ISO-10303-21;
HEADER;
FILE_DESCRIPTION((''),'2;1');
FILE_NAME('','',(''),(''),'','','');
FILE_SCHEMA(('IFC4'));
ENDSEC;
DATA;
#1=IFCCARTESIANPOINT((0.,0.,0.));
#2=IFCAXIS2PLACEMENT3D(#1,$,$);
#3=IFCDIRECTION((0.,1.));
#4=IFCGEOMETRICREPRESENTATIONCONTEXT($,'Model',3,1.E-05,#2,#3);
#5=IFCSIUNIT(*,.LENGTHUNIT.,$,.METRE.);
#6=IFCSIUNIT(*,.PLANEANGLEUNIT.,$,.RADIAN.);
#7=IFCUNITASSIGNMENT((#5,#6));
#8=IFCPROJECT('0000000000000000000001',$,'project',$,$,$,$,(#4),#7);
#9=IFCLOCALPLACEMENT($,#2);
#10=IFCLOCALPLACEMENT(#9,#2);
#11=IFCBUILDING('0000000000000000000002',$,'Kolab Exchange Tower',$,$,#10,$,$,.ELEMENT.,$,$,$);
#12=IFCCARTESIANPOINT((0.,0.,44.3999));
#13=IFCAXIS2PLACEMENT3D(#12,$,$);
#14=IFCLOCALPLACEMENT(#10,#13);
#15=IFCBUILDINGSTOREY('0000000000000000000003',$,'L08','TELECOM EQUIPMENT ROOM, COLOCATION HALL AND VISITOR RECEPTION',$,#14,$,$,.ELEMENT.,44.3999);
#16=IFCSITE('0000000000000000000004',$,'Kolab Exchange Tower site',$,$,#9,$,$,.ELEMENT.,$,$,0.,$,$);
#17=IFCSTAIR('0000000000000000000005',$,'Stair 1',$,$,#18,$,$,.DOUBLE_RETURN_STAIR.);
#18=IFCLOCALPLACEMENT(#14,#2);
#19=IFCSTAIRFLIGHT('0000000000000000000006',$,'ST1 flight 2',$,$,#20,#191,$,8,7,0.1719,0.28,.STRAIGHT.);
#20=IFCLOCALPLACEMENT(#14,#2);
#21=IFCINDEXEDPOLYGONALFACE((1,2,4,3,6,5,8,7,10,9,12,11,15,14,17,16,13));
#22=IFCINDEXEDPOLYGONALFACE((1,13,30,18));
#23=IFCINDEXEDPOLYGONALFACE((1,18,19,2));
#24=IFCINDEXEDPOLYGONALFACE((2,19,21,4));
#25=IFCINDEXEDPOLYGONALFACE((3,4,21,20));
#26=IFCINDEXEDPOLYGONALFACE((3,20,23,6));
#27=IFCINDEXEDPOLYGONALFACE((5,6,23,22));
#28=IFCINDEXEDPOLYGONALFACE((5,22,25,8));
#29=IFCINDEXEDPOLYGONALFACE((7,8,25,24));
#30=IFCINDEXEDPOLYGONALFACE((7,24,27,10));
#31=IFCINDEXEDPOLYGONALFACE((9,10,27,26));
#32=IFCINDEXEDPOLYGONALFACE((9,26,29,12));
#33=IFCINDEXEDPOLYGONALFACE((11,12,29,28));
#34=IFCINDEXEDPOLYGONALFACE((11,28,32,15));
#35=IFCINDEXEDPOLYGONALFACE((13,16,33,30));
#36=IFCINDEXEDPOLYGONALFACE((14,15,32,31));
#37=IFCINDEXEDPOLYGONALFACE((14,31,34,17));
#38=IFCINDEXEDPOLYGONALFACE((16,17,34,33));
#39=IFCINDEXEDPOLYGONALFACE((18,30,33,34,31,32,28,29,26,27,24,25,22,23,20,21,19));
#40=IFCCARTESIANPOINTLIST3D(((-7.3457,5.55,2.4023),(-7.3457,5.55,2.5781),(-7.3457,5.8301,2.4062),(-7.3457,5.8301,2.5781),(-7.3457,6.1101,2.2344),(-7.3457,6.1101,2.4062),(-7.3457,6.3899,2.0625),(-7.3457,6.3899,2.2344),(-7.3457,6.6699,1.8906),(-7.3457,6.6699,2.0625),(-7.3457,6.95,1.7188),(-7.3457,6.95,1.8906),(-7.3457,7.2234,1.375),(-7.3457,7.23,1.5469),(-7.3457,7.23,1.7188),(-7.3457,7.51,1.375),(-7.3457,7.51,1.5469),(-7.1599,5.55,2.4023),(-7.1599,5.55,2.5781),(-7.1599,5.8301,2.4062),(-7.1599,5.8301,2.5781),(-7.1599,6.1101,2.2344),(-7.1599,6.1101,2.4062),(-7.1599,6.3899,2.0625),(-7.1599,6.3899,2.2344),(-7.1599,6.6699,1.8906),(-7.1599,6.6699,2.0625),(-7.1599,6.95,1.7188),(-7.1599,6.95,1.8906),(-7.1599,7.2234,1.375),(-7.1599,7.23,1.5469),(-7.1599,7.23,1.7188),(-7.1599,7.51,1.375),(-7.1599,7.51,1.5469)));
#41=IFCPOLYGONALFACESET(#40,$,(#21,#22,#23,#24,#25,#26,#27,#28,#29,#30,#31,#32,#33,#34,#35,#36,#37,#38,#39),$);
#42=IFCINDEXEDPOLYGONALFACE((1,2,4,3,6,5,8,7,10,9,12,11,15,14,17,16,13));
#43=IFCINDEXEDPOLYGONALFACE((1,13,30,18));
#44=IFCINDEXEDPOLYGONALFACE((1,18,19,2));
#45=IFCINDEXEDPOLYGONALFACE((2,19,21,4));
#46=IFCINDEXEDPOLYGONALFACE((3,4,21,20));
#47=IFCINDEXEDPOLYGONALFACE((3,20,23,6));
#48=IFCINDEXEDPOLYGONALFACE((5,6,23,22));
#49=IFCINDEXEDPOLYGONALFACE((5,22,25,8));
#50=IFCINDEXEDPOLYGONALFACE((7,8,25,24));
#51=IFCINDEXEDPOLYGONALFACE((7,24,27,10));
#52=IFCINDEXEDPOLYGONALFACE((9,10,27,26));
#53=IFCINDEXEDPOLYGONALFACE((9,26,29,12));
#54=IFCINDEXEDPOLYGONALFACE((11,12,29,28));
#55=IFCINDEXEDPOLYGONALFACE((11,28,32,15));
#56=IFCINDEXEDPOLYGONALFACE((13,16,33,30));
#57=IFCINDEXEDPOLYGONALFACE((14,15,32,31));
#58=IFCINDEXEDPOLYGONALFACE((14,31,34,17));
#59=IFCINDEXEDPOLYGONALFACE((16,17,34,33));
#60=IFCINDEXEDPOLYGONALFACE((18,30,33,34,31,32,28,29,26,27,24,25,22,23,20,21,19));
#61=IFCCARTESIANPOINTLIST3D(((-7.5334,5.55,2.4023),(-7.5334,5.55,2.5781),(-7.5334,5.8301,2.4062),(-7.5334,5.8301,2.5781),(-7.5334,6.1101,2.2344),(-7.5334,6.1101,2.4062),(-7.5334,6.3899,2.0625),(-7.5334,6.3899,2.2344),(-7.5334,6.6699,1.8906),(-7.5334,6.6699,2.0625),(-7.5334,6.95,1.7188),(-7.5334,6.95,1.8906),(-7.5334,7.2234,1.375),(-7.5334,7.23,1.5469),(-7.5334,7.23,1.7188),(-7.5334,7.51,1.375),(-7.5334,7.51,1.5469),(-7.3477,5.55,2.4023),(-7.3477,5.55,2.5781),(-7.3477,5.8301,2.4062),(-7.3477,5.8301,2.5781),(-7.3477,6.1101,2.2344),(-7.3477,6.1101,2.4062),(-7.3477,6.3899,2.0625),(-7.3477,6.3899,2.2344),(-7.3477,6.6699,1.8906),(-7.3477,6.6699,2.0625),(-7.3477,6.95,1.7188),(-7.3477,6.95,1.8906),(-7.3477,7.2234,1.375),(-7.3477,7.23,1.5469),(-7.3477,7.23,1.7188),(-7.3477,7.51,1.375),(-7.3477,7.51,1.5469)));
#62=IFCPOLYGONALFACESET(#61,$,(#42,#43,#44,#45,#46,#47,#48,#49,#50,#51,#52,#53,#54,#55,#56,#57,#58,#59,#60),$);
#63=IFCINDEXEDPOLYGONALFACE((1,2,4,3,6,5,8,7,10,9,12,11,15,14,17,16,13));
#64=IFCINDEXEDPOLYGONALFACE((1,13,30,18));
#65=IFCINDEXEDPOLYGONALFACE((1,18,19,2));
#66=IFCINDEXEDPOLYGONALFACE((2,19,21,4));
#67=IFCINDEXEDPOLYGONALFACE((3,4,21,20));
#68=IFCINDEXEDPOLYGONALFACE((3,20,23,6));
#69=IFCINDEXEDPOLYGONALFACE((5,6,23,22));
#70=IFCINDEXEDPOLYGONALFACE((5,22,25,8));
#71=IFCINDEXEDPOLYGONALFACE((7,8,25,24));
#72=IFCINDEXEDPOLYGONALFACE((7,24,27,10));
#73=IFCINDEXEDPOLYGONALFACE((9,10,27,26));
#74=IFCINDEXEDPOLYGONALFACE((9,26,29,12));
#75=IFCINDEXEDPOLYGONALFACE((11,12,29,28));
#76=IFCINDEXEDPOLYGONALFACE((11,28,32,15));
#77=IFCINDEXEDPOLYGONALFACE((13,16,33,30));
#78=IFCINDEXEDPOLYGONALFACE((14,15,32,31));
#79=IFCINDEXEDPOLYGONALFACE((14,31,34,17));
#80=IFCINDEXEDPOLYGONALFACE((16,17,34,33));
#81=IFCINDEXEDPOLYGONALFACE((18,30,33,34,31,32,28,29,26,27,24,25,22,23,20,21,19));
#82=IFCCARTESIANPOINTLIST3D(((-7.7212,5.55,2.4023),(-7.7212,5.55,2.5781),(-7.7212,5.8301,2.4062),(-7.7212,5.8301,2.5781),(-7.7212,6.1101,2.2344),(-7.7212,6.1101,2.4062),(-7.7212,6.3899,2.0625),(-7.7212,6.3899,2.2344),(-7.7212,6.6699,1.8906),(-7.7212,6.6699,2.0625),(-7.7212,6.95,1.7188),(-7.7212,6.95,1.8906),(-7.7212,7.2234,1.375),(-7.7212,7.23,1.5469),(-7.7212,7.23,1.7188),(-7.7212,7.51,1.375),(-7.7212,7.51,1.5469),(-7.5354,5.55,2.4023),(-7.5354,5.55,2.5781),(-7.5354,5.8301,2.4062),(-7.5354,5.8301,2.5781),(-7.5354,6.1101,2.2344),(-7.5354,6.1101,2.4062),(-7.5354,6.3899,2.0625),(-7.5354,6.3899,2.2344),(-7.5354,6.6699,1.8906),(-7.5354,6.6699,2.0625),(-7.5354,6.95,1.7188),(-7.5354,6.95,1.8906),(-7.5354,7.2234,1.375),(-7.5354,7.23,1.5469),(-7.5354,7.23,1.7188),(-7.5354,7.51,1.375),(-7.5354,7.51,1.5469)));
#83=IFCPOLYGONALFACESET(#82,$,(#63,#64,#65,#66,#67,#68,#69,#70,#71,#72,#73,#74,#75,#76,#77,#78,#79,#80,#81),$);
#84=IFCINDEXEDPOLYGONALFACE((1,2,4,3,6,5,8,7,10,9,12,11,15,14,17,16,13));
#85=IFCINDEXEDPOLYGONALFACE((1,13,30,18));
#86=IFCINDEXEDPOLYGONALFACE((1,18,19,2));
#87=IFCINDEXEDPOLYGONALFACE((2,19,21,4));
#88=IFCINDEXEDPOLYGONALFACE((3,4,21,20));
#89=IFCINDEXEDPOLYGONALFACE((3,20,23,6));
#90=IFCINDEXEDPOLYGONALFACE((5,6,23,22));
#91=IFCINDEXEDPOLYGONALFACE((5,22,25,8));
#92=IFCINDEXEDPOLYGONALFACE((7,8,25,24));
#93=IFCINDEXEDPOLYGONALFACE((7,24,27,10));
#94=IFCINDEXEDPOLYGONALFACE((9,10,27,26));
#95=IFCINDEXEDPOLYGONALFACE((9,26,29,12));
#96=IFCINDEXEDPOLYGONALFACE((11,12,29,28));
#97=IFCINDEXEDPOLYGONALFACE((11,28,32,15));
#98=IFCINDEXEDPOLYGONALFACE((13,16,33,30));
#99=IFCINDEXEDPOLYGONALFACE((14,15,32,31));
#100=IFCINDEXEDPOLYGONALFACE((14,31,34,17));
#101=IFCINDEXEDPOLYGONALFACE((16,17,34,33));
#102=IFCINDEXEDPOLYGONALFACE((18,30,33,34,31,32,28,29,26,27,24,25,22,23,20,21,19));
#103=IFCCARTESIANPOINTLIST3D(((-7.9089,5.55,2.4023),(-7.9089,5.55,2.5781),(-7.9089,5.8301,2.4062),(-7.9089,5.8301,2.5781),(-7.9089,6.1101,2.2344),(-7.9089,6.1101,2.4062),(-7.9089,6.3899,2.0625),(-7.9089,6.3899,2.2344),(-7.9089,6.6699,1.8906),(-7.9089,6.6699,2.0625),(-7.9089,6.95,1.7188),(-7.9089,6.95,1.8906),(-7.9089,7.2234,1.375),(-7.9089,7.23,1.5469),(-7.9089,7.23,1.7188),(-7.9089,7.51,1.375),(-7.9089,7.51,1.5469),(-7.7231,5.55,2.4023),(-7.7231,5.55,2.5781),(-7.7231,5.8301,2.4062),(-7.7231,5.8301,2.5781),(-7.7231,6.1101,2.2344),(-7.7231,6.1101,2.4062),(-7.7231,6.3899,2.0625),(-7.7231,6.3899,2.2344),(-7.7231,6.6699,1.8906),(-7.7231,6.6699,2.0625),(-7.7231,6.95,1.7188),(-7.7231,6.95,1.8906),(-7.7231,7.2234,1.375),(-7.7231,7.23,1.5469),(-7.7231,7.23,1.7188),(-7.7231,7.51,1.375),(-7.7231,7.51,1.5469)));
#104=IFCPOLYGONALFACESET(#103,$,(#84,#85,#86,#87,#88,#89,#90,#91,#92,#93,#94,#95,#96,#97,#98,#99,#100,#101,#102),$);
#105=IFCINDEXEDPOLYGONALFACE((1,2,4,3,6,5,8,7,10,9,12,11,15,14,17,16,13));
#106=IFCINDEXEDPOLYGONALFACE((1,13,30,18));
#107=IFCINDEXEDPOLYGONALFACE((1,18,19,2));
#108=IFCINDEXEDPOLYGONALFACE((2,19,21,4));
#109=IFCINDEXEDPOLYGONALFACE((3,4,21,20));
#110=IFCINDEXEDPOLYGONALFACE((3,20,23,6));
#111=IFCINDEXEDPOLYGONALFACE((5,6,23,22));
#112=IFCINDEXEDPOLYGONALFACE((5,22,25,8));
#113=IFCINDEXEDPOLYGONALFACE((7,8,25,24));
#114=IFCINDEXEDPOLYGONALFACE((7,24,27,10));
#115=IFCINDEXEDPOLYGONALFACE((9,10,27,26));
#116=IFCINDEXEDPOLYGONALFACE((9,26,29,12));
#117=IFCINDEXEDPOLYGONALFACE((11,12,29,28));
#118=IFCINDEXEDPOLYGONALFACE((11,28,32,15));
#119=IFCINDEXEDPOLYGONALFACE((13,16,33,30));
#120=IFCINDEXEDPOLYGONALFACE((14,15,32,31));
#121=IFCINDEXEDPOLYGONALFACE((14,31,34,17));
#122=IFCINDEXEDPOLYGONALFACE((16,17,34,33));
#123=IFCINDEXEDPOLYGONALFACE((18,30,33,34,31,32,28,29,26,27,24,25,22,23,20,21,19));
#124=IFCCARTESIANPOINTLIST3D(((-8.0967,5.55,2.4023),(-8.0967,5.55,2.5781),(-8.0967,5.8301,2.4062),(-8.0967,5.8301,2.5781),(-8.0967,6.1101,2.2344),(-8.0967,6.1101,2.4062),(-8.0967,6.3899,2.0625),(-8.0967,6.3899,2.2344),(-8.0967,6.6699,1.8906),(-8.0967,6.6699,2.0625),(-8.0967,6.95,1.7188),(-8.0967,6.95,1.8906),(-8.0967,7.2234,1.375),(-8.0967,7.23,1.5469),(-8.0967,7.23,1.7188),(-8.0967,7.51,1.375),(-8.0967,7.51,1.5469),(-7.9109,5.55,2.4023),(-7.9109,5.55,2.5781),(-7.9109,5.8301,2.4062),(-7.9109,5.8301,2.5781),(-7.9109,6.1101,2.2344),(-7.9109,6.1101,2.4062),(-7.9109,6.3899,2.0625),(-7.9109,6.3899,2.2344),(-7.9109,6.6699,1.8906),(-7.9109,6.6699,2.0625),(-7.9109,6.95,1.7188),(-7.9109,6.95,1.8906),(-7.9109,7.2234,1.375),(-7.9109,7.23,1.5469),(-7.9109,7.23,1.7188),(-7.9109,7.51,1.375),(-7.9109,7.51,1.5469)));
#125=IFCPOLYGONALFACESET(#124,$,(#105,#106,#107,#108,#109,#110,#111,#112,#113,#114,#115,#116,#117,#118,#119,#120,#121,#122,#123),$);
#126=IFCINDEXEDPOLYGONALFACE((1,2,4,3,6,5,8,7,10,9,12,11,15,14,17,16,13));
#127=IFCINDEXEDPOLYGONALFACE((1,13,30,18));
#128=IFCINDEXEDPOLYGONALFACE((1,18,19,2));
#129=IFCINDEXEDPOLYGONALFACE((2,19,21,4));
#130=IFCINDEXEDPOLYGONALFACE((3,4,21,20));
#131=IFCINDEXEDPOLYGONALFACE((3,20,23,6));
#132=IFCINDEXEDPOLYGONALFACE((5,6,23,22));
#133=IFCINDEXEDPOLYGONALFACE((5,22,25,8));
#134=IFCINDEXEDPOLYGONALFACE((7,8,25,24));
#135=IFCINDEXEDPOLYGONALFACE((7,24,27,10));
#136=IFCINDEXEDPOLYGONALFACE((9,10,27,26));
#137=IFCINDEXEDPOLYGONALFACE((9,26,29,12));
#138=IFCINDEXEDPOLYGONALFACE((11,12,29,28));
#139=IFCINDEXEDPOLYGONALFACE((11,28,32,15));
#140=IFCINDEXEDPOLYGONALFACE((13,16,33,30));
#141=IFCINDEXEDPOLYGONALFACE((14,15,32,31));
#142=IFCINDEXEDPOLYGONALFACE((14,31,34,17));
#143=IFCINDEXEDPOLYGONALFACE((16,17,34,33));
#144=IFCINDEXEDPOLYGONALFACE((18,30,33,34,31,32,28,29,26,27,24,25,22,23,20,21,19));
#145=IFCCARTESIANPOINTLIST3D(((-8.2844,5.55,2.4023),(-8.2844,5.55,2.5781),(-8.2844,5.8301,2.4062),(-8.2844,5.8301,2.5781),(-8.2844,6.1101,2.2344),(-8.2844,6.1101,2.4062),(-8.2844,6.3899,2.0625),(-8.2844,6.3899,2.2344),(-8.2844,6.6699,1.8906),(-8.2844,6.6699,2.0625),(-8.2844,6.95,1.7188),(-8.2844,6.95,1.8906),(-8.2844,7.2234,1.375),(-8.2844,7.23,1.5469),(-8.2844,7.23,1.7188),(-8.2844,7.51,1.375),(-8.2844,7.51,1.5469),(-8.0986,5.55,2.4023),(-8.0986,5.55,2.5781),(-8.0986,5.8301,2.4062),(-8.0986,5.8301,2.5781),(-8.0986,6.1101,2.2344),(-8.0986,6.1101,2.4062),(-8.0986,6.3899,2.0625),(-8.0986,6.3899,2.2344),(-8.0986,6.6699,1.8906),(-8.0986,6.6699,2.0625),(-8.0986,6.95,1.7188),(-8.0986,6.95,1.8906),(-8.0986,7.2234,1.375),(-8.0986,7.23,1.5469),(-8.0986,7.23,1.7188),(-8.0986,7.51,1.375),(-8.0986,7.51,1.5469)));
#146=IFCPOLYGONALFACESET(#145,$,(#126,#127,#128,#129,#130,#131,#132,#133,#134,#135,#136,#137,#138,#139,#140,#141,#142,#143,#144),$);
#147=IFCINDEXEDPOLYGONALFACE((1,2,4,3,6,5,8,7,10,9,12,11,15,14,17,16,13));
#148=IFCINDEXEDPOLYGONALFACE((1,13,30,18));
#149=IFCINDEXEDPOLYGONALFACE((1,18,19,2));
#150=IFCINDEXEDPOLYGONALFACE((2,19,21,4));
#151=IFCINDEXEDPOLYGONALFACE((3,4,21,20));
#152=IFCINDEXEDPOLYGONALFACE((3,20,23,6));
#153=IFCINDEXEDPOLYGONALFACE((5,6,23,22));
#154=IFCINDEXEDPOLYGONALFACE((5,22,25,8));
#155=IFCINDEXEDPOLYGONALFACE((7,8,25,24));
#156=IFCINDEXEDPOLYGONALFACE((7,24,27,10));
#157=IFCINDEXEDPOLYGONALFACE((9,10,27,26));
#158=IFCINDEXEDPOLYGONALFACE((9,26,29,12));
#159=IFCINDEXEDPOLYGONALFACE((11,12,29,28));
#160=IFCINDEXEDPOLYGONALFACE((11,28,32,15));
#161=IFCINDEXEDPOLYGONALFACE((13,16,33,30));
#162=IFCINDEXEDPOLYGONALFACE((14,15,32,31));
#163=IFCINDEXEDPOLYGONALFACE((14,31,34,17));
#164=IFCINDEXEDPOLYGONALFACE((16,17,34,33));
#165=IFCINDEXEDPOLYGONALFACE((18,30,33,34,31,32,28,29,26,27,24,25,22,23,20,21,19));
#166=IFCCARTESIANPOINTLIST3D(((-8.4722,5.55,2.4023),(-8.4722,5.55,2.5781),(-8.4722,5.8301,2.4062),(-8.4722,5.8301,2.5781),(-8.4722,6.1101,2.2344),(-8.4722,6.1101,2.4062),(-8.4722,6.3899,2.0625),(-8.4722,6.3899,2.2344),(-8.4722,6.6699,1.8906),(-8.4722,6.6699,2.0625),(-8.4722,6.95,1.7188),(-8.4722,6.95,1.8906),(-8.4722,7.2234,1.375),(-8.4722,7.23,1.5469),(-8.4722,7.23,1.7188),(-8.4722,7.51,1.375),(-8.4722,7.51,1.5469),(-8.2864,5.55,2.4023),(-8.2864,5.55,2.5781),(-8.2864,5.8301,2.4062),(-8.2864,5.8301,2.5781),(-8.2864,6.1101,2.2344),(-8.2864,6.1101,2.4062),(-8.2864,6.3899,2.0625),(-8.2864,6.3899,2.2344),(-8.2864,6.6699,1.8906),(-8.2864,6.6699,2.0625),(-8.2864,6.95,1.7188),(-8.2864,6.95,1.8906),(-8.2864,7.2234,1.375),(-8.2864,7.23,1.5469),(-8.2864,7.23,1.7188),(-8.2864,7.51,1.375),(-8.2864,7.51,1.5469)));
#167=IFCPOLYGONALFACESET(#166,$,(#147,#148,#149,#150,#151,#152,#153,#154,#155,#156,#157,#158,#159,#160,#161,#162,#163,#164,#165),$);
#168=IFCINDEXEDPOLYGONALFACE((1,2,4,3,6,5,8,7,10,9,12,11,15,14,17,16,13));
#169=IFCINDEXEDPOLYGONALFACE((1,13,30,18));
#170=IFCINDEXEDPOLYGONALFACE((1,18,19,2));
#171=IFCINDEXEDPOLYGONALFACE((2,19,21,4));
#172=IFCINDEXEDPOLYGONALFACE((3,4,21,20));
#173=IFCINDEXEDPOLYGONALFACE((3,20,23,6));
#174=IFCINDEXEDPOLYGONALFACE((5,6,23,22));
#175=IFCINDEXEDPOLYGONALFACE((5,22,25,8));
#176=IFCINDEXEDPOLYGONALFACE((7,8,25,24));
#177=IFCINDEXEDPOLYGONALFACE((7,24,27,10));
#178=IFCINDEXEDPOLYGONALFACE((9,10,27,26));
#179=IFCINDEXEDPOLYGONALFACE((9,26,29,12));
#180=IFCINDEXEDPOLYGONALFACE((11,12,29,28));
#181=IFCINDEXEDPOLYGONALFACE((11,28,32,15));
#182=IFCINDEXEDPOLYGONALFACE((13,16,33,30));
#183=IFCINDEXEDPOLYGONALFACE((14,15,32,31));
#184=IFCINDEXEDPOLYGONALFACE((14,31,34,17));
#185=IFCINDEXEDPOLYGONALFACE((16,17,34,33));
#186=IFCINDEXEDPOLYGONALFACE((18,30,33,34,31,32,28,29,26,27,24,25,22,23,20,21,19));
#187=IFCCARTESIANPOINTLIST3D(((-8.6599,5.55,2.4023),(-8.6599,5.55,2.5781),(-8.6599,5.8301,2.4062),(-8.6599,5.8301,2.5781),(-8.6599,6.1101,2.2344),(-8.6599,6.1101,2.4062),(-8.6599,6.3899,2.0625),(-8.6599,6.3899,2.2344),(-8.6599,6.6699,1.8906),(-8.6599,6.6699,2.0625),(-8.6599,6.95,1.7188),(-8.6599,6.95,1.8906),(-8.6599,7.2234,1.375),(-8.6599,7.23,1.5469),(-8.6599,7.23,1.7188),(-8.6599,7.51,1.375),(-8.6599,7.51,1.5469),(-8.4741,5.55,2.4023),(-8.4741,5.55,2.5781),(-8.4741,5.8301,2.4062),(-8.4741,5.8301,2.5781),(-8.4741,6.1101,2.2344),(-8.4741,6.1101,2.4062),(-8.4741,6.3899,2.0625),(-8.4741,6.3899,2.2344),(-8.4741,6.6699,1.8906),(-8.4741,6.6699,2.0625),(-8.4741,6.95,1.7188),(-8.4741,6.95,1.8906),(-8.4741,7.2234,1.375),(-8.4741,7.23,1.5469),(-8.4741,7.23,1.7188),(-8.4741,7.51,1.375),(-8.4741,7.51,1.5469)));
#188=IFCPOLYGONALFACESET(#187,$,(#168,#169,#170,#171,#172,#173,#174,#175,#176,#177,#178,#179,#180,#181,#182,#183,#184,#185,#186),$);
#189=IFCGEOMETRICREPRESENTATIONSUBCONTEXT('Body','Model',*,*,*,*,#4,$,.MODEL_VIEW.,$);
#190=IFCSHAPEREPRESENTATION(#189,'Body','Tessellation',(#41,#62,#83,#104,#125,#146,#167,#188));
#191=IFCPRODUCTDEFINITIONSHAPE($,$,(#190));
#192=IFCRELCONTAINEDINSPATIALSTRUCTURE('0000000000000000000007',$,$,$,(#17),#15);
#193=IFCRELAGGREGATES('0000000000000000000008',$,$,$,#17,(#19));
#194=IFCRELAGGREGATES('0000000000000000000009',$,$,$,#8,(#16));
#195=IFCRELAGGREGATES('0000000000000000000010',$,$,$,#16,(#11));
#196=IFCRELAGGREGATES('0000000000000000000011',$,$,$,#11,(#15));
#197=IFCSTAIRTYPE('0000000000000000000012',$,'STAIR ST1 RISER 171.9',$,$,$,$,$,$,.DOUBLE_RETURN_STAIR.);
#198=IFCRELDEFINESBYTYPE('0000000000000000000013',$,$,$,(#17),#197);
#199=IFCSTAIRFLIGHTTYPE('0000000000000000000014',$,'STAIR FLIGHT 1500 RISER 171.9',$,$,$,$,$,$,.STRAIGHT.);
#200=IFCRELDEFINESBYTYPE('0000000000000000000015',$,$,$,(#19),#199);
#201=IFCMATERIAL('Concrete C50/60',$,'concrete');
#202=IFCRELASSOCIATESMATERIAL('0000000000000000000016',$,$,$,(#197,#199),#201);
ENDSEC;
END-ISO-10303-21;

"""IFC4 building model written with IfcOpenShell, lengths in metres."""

from ifc_helpers import new_model, si_unit, direction, frame, origin, place, context, subcontext, project, spatial, polyline, outline, extrude, material, type_object, element, aggregate, save


model = new_model("IFC4")

# Units and contexts
model_context = context("Model", 3, precision=1e-05, world=origin(), true_north=direction((0.0, 1.0)))
body_context = subcontext(model_context, "Body", "Model", "MODEL_VIEW")
ifc_project = project(units=[si_unit("LENGTHUNIT", "METRE"), si_unit("PLANEANGLEUNIT", "RADIAN")], contexts=[model_context])

# Site, building, storey
site_placement = place(None, origin())
site = spatial("IfcSite", under=ifc_project, at=site_placement, Name="Kolab Exchange Tower site", CompositionType="ELEMENT", RefElevation=0.0)
building_placement = place(site_placement, origin())
building = spatial("IfcBuilding", under=site, at=building_placement, Name="Kolab Exchange Tower", CompositionType="ELEMENT")
storey_placement = place(building_placement, frame((0.0, 0.0, 44.3999)))
storey = spatial("IfcBuildingStorey", under=building, at=storey_placement, Name="L08", Description="TELECOM EQUIPMENT ROOM, COLOCATION HALL AND VISITOR RECEPTION", CompositionType="ELEMENT", Elevation=44.3999)

# Shared definitions
ifc_material_1 = material(Name="Concrete C50/60", Category="concrete")

# Stair, stair flight
stair_type = type_object("IfcStairType", Name="STAIR ST1 RISER 171.9", PredefinedType="DOUBLE_RETURN_STAIR", material=ifc_material_1)
stair_placement = place(storey_placement, origin())
stair = element("IfcStair", 1, at=stair_placement, inside=storey, type_object=stair_type, Name="Stair 1", PredefinedType="DOUBLE_RETURN_STAIR")
stair_flight_type = type_object("IfcStairFlightType", Name="STAIR FLIGHT 1500 RISER 171.9", PredefinedType="STRAIGHT", material=ifc_material_1)
stair_flight_1_placement = place(storey_placement, frame((-7.9099, 7.51, 1.375), z_axis=(0.0, 0.0, 1.0), x_axis=(0.0, -1.0, 0.0)))
stair_flight_1 = element("IfcStairFlight", 2, at=stair_flight_1_placement, type_object=stair_flight_type, Name="ST1 flight 2", NumberOfRisers=8, NumberOfTreads=7, PredefinedType="STRAIGHT", RiserHeight=0.1719, TreadLength=0.28, context=body_context, shape_type="SweptSolid", body=[
    extrude(outline(polyline([(0.0, 0.0), (0.0, 0.1719), (0.28, 0.1719), (0.28, 0.3438), (0.5601, 0.3438), (0.5601, 0.5156), (0.8401, 0.5156), (0.8401, 0.6875), (1.1201, 0.6875), (1.1201, 0.8594), (1.3999, 0.8594), (1.3999, 1.0312), (1.6799, 1.0312), (1.6799, 1.2031), (1.96, 1.2031), (1.96, 1.375), (1.96, 1.0273), (0.2866, 0.0), (0.0, 0.0)])), frame((0.0, 0.75, 0.0), z_axis=(0.0, -1.0, 0.0), x_axis=(1.0, 0.0, 0.0)), (0.0, 0.0, 1.0), 0.1858),
    extrude(outline(polyline([(0.0, 0.0), (0.0, 0.1719), (0.28, 0.1719), (0.28, 0.3438), (0.5601, 0.3438), (0.5601, 0.5156), (0.8401, 0.5156), (0.8401, 0.6875), (1.1201, 0.6875), (1.1201, 0.8594), (1.3999, 0.8594), (1.3999, 1.0312), (1.6799, 1.0312), (1.6799, 1.2031), (1.96, 1.2031), (1.96, 1.375), (1.96, 1.0273), (0.2866, 0.0), (0.0, 0.0)])), frame((0.0, 0.5623, 0.0), z_axis=(0.0, -1.0, 0.0), x_axis=(1.0, 0.0, 0.0)), (0.0, 0.0, 1.0), 0.1858),
    extrude(outline(polyline([(0.0, 0.0), (0.0, 0.1719), (0.28, 0.1719), (0.28, 0.3438), (0.5601, 0.3438), (0.5601, 0.5156), (0.8401, 0.5156), (0.8401, 0.6875), (1.1201, 0.6875), (1.1201, 0.8594), (1.3999, 0.8594), (1.3999, 1.0312), (1.6799, 1.0312), (1.6799, 1.2031), (1.96, 1.2031), (1.96, 1.375), (1.96, 1.0273), (0.2866, 0.0), (0.0, 0.0)])), frame((0.0, 0.3745, 0.0), z_axis=(0.0, -1.0, 0.0), x_axis=(1.0, 0.0, 0.0)), (0.0, 0.0, 1.0), 0.1858),
    extrude(outline(polyline([(0.0, 0.0), (0.0, 0.1719), (0.28, 0.1719), (0.28, 0.3438), (0.5601, 0.3438), (0.5601, 0.5156), (0.8401, 0.5156), (0.8401, 0.6875), (1.1201, 0.6875), (1.1201, 0.8594), (1.3999, 0.8594), (1.3999, 1.0312), (1.6799, 1.0312), (1.6799, 1.2031), (1.96, 1.2031), (1.96, 1.375), (1.96, 1.0273), (0.2866, 0.0), (0.0, 0.0)])), frame((0.0, 0.1868, 0.0), z_axis=(0.0, -1.0, 0.0), x_axis=(1.0, 0.0, 0.0)), (0.0, 0.0, 1.0), 0.1858),
    extrude(outline(polyline([(0.0, 0.0), (0.0, 0.1719), (0.28, 0.1719), (0.28, 0.3438), (0.5601, 0.3438), (0.5601, 0.5156), (0.8401, 0.5156), (0.8401, 0.6875), (1.1201, 0.6875), (1.1201, 0.8594), (1.3999, 0.8594), (1.3999, 1.0312), (1.6799, 1.0312), (1.6799, 1.2031), (1.96, 1.2031), (1.96, 1.375), (1.96, 1.0273), (0.2866, 0.0), (0.0, 0.0)])), frame((0.0, -0.001, 0.0), z_axis=(0.0, -1.0, 0.0), x_axis=(1.0, 0.0, 0.0)), (0.0, 0.0, 1.0), 0.1858),
    extrude(outline(polyline([(0.0, 0.0), (0.0, 0.1719), (0.28, 0.1719), (0.28, 0.3438), (0.5601, 0.3438), (0.5601, 0.5156), (0.8401, 0.5156), (0.8401, 0.6875), (1.1201, 0.6875), (1.1201, 0.8594), (1.3999, 0.8594), (1.3999, 1.0312), (1.6799, 1.0312), (1.6799, 1.2031), (1.96, 1.2031), (1.96, 1.375), (1.96, 1.0273), (0.2866, 0.0), (0.0, 0.0)])), frame((0.0, -0.1887, 0.0), z_axis=(0.0, -1.0, 0.0), x_axis=(1.0, 0.0, 0.0)), (0.0, 0.0, 1.0), 0.1858),
    extrude(outline(polyline([(0.0, 0.0), (0.0, 0.1719), (0.28, 0.1719), (0.28, 0.3438), (0.5601, 0.3438), (0.5601, 0.5156), (0.8401, 0.5156), (0.8401, 0.6875), (1.1201, 0.6875), (1.1201, 0.8594), (1.3999, 0.8594), (1.3999, 1.0312), (1.6799, 1.0312), (1.6799, 1.2031), (1.96, 1.2031), (1.96, 1.375), (1.96, 1.0273), (0.2866, 0.0), (0.0, 0.0)])), frame((0.0, -0.3765, 0.0), z_axis=(0.0, -1.0, 0.0), x_axis=(1.0, 0.0, 0.0)), (0.0, 0.0, 1.0), 0.1858),
    extrude(outline(polyline([(0.0, 0.0), (0.0, 0.1719), (0.28, 0.1719), (0.28, 0.3438), (0.5601, 0.3438), (0.5601, 0.5156), (0.8401, 0.5156), (0.8401, 0.6875), (1.1201, 0.6875), (1.1201, 0.8594), (1.3999, 0.8594), (1.3999, 1.0312), (1.6799, 1.0312), (1.6799, 1.2031), (1.96, 1.2031), (1.96, 1.375), (1.96, 1.0273), (0.2866, 0.0), (0.0, 0.0)])), frame((0.0, -0.5642, 0.0), z_axis=(0.0, -1.0, 0.0), x_axis=(1.0, 0.0, 0.0)), (0.0, 0.0, 1.0), 0.1858),
])
aggregate(stair, [stair_flight_1])

save(model, "model.ifc")
